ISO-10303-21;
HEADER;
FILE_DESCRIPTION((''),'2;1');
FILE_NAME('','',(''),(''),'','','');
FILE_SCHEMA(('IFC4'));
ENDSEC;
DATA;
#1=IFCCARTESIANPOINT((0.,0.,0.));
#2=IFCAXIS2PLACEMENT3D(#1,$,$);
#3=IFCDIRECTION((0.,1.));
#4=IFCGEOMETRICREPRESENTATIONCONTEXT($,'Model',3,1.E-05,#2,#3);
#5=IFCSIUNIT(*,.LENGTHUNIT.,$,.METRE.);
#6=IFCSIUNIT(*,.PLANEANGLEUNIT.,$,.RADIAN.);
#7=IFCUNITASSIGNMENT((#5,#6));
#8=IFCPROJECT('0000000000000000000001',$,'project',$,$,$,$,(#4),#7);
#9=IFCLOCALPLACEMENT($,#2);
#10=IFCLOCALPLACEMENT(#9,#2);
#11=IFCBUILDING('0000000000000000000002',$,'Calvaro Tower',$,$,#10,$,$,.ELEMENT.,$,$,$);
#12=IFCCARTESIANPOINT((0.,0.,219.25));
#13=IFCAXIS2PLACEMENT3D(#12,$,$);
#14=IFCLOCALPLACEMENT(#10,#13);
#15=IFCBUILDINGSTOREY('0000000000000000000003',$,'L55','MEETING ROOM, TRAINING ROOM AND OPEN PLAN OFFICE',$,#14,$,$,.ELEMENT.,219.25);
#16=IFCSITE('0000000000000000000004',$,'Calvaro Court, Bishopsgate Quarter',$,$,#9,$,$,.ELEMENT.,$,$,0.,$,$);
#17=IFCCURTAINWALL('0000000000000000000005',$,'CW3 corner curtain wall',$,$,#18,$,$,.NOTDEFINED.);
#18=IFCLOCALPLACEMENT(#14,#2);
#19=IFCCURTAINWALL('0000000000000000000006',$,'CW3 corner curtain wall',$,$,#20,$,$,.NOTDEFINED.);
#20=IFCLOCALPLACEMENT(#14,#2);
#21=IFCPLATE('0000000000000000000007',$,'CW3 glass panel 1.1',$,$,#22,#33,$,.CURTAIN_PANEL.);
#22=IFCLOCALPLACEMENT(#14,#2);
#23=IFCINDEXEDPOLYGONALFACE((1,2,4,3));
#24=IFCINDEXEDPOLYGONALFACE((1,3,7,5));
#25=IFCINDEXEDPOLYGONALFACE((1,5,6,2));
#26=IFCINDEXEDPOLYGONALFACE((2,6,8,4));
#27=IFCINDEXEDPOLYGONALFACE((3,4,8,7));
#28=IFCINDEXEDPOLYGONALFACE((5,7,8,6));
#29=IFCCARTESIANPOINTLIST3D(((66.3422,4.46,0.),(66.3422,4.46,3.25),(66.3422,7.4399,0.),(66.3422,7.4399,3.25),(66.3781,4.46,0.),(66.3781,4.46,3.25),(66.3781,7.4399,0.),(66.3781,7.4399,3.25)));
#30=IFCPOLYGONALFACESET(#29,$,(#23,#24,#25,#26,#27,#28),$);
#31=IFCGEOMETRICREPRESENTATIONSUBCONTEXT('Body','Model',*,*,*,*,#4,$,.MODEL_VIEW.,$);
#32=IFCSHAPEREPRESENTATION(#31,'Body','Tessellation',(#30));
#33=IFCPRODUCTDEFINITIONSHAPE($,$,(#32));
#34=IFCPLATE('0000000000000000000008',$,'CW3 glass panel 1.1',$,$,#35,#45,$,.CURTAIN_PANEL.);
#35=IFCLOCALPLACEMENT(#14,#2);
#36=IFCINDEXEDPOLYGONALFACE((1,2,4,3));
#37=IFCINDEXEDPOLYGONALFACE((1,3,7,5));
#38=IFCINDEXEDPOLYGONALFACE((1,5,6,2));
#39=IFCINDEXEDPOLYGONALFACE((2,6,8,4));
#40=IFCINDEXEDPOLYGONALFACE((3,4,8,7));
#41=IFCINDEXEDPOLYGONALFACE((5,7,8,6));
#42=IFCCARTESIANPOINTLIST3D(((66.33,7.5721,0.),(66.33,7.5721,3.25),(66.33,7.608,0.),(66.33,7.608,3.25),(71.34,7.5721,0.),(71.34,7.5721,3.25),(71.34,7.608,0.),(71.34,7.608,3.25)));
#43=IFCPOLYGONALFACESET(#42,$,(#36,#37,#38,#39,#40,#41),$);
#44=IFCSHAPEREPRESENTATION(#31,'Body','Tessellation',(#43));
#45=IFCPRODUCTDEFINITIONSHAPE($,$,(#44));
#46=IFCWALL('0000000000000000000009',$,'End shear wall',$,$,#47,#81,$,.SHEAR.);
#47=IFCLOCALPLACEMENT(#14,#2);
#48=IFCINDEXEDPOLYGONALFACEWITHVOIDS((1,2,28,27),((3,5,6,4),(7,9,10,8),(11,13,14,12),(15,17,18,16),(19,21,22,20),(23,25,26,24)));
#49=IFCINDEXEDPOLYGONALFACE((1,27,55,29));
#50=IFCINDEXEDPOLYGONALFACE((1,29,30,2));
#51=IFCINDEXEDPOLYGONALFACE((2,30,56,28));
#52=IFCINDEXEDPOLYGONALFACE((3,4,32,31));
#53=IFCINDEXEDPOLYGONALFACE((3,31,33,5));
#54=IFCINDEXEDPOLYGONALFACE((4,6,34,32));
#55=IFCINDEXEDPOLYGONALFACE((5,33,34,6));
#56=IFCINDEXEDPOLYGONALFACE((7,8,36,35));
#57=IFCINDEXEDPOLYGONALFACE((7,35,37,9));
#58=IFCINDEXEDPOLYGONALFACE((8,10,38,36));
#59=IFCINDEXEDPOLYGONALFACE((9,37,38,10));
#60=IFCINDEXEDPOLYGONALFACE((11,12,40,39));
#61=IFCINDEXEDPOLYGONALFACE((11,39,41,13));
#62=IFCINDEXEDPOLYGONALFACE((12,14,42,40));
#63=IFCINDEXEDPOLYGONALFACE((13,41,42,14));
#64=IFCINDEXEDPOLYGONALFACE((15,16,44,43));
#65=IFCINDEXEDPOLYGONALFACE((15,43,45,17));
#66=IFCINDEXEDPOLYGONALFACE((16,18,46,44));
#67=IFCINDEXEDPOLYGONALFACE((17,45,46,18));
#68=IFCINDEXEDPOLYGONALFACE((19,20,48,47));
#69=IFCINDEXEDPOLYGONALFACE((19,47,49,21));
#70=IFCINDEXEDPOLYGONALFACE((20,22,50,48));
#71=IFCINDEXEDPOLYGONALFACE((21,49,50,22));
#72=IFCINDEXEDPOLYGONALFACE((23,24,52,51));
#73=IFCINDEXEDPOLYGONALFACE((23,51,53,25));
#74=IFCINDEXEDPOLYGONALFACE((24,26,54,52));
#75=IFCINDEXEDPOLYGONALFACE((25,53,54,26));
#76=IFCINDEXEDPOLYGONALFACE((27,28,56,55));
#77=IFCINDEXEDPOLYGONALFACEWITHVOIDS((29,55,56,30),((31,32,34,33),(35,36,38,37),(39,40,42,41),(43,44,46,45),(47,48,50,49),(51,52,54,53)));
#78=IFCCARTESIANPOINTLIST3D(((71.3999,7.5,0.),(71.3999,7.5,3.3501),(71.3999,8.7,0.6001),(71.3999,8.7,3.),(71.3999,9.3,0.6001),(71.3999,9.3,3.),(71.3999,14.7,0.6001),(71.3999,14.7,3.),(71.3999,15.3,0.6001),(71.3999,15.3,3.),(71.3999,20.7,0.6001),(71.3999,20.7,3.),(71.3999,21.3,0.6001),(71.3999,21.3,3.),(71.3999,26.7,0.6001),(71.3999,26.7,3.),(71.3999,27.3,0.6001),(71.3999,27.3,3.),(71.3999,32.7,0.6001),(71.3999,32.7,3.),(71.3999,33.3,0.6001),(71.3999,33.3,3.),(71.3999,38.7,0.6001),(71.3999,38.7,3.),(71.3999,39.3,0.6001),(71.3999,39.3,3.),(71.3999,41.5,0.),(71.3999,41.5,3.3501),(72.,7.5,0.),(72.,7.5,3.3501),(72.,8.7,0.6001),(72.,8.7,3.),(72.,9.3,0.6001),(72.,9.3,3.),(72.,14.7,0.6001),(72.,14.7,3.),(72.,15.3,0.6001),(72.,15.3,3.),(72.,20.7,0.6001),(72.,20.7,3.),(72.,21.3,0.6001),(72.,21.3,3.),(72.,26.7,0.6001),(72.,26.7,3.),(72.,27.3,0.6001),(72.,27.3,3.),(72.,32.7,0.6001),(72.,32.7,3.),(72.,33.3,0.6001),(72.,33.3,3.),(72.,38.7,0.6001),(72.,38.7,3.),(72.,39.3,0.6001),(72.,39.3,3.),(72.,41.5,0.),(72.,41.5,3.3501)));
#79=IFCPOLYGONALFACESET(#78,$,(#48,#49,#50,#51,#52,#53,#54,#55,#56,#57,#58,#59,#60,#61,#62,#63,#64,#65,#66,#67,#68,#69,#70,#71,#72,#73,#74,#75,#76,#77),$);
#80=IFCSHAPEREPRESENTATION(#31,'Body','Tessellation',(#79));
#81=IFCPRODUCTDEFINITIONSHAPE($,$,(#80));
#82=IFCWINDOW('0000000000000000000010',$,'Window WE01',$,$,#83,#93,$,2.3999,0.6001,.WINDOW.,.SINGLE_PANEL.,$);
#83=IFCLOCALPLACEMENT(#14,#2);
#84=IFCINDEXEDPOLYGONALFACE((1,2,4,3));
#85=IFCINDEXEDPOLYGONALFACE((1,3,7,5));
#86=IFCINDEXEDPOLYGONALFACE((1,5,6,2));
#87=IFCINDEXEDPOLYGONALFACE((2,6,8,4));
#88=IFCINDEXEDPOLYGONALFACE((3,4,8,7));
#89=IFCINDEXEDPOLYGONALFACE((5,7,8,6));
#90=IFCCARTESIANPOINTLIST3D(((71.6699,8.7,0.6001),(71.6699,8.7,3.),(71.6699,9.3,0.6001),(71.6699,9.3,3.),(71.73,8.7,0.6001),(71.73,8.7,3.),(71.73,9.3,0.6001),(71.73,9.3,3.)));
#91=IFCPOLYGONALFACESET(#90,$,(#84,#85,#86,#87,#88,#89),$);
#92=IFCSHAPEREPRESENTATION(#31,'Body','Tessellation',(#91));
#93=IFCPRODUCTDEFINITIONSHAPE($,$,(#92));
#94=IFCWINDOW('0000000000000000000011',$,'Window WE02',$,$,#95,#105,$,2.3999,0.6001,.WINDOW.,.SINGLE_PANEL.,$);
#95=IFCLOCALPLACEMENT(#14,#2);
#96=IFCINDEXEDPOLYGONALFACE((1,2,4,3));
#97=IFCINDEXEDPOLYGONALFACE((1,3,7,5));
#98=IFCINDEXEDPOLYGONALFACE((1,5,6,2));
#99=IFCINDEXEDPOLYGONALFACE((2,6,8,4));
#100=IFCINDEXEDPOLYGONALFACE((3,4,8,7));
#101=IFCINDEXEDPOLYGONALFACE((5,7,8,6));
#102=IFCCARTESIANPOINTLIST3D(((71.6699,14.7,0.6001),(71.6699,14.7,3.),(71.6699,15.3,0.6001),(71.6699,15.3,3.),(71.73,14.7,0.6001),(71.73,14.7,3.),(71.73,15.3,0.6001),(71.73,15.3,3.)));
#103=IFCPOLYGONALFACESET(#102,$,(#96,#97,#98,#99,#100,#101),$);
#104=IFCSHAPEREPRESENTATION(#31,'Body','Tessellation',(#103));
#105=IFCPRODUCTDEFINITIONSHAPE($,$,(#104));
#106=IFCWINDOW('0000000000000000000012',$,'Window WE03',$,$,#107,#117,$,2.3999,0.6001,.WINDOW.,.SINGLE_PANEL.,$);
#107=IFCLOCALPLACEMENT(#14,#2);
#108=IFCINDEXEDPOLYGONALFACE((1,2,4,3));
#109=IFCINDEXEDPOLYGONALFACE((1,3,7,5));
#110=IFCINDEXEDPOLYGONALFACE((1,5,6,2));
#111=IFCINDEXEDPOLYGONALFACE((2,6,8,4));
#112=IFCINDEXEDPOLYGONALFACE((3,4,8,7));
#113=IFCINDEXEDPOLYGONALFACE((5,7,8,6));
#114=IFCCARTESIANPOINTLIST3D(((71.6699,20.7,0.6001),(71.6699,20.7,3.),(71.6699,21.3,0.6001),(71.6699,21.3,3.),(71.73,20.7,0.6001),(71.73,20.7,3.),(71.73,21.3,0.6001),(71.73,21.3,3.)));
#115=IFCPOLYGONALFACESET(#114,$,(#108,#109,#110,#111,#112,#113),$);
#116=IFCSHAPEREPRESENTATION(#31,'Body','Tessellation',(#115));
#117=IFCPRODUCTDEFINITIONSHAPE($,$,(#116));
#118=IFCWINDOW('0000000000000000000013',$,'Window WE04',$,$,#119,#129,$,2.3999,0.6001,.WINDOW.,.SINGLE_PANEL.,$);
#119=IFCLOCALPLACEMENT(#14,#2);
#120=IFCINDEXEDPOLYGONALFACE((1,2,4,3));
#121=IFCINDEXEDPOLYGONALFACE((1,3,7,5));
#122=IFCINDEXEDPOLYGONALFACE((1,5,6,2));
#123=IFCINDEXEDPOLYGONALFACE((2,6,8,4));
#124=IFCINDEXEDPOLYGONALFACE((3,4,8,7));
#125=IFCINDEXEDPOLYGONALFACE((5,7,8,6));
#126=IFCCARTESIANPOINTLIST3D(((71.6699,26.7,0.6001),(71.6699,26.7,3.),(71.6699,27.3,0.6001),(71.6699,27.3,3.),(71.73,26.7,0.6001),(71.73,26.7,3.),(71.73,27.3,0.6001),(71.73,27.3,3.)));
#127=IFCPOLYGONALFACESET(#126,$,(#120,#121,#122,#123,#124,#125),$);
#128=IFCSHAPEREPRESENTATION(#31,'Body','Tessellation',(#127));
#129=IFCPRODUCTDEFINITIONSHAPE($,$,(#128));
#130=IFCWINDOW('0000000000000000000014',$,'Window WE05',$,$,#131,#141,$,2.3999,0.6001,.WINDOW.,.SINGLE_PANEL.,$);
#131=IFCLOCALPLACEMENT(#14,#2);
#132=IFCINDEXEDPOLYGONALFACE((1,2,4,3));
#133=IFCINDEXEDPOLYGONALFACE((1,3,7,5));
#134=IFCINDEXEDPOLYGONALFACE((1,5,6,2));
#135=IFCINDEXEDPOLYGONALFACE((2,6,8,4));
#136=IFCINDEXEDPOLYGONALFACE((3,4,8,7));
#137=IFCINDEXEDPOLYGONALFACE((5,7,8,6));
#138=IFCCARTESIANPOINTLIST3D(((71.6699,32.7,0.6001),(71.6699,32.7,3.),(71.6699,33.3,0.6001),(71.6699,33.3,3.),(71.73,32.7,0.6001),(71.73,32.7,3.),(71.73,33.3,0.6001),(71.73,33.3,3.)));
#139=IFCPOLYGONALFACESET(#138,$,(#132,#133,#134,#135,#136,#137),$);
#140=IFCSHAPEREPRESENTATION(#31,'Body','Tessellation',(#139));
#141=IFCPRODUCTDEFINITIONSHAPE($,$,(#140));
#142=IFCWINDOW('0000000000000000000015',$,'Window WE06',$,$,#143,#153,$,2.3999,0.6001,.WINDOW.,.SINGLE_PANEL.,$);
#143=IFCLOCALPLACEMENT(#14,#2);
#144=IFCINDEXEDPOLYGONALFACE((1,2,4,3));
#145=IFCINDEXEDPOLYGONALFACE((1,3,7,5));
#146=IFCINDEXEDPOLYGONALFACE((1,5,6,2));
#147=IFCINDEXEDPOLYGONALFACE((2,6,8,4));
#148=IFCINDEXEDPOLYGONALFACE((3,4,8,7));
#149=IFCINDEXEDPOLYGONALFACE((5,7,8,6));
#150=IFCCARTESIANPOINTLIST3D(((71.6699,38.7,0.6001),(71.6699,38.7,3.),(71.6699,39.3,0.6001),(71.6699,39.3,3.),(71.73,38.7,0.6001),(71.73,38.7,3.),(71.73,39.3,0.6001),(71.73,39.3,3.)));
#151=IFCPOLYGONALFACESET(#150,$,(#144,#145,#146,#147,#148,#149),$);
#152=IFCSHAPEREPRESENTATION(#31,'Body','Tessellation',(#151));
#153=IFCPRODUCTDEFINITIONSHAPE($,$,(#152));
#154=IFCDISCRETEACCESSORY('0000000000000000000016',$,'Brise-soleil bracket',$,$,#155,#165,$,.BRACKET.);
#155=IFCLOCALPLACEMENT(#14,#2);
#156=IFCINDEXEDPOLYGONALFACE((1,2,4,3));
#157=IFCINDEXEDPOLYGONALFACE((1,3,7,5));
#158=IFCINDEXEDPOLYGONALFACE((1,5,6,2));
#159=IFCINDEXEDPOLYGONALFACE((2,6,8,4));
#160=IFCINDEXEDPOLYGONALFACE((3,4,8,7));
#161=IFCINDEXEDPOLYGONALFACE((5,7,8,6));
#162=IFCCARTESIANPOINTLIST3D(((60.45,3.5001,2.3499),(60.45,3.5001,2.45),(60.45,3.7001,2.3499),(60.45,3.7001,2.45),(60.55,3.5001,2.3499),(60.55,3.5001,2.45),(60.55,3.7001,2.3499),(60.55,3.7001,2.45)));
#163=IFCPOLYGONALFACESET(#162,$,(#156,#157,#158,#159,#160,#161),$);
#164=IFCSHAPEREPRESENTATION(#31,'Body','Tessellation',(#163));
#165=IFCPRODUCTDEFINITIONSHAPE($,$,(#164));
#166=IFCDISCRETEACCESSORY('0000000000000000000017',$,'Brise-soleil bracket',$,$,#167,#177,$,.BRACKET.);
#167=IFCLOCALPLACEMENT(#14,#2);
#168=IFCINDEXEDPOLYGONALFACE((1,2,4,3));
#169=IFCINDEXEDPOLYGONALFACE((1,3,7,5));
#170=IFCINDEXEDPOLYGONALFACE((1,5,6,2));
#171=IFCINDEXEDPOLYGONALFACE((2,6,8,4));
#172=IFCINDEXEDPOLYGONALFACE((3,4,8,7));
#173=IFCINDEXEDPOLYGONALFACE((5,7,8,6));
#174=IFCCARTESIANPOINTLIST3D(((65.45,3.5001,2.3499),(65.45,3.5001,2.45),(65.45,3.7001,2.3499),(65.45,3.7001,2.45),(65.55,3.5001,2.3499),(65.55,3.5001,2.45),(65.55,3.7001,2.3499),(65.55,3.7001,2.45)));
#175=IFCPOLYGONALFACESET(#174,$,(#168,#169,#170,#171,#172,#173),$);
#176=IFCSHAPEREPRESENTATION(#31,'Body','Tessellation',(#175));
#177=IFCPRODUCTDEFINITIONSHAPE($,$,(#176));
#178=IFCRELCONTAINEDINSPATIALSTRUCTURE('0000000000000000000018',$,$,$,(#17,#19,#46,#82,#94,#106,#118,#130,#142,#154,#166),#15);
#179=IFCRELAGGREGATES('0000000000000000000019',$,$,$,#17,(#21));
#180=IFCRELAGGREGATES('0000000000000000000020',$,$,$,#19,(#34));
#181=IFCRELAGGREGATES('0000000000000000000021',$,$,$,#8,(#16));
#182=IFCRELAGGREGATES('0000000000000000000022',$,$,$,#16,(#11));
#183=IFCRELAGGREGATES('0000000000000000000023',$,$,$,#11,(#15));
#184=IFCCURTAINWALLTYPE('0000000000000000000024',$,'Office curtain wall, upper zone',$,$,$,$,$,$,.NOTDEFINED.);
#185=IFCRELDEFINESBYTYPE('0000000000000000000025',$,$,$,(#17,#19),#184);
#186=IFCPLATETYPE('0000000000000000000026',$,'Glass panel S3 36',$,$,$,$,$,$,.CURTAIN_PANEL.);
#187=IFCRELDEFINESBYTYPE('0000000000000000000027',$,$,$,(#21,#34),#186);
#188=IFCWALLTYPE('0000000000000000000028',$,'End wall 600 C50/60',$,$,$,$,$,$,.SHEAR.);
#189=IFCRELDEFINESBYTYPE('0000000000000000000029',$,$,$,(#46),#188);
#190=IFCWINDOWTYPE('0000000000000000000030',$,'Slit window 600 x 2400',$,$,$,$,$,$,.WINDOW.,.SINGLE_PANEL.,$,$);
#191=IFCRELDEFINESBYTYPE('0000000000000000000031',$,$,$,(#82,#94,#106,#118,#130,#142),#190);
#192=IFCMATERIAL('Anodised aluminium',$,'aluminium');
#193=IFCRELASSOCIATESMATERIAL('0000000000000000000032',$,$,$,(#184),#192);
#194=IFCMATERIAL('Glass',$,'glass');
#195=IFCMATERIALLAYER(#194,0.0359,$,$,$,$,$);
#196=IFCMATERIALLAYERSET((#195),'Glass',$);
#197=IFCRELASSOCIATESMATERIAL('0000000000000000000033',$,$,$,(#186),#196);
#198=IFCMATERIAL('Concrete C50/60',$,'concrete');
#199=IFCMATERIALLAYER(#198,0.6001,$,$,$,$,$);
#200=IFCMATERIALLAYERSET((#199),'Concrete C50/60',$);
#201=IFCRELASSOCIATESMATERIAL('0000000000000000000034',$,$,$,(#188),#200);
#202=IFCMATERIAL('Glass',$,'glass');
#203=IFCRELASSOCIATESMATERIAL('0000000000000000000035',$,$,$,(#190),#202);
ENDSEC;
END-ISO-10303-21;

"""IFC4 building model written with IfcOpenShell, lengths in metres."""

from ifc_helpers import new_model, si_unit, direction, frame, frame_2d, origin, origin_2d, place, context, subcontext, project, spatial, rectangle, extrude, material, layer, layer_set, type_object, element, fill, aggregate, save


model = new_model("IFC4")

# Units and contexts
model_context = context("Model", 3, precision=1e-05, world=origin(), true_north=direction((0.0, 1.0)))
body_context = subcontext(model_context, "Body", "Model", "MODEL_VIEW")
ifc_project = project(units=[si_unit("LENGTHUNIT", "METRE"), si_unit("PLANEANGLEUNIT", "RADIAN")], contexts=[model_context])

# Site, building, storey
site_placement = place(None, origin())
site = spatial("IfcSite", under=ifc_project, at=site_placement, Name="Calvaro Court, Bishopsgate Quarter", CompositionType="ELEMENT", RefElevation=0.0)
building_placement = place(site_placement, origin())
building = spatial("IfcBuilding", under=site, at=building_placement, Name="Calvaro Tower", CompositionType="ELEMENT")
storey_placement = place(building_placement, frame((0.0, 0.0, 219.25)))
storey = spatial("IfcBuildingStorey", under=building, at=storey_placement, Name="L55", Description="MEETING ROOM, TRAINING ROOM AND OPEN PLAN OFFICE", CompositionType="ELEMENT", Elevation=219.25)

# Curtain walls
ifc_material_1 = material(Name="Anodised aluminium", Category="aluminium")
curtain_wall_type = type_object("IfcCurtainWallType", Name="Office curtain wall, upper zone", PredefinedType="NOTDEFINED", material=ifc_material_1)
curtain_wall_1_placement = place(storey_placement, origin())
curtain_wall_1 = element("IfcCurtainWall", 1, at=curtain_wall_1_placement, inside=storey, type_object=curtain_wall_type, Name="CW3 corner curtain wall", PredefinedType="NOTDEFINED")
curtain_wall_2_placement = place(storey_placement, origin())
curtain_wall_2 = element("IfcCurtainWall", 2, at=curtain_wall_2_placement, inside=storey, type_object=curtain_wall_type, Name="CW3 corner curtain wall", PredefinedType="NOTDEFINED")

# Plates
ifc_material_2 = material(Name="Glass", Category="glass")
ifc_layer_1 = layer(ifc_material_2, 0.0359)
ifc_layer_set_1 = layer_set([ifc_layer_1], Name="Glass")
plate_type = type_object("IfcPlateType", Name="Glass panel S3 36", PredefinedType="CURTAIN_PANEL", material=ifc_layer_set_1)
plate_1_placement = place(storey_placement, frame((66.3601, 5.95, 0.0), z_axis=(0.0, 0.0, 1.0), x_axis=(0.0, 1.0, 0.0)))
plate_1 = element("IfcPlate", 3, at=plate_1_placement, type_object=plate_type, Name="CW3 glass panel 1.1", PredefinedType="CURTAIN_PANEL", context=body_context, shape_type="SweptSolid", body=[
    extrude(rectangle(XDim=2.98, YDim=0.0359, at=origin_2d()), origin(), (0.0, 0.0, 1.0), 3.25),
])
aggregate(curtain_wall_1, [plate_1])
plate_2_placement = place(storey_placement, frame((68.835, 7.5901, 0.0), z_axis=(0.0, 0.0, 1.0), x_axis=(1.0, 0.0, 0.0)))
plate_2 = element("IfcPlate", 4, at=plate_2_placement, type_object=plate_type, Name="CW3 glass panel 1.1", PredefinedType="CURTAIN_PANEL", context=body_context, shape_type="SweptSolid", body=[
    extrude(rectangle(XDim=5.01, YDim=0.0359, at=origin_2d()), origin(), (0.0, 0.0, 1.0), 3.25),
])
aggregate(curtain_wall_2, [plate_2])

# Wall, openings, windows
ifc_material_3 = material(Name="Concrete C50/60", Category="concrete")
ifc_layer_2 = layer(ifc_material_3, 0.6001)
ifc_layer_set_2 = layer_set([ifc_layer_2], Name="Concrete C50/60")
wall_type = type_object("IfcWallType", Name="End wall 600 C50/60", PredefinedType="SHEAR", material=ifc_layer_set_2)
wall_placement = place(storey_placement, frame((71.7, 7.5, 0.0), z_axis=(0.0, 0.0, 1.0), x_axis=(0.0, 1.0, 0.0)))
wall = element("IfcWall", 5, at=wall_placement, inside=storey, type_object=wall_type, Name="End shear wall", PredefinedType="SHEAR", context=body_context, shape_type="SweptSolid", body=[
    extrude(rectangle(XDim=34.0, YDim=0.6001, at=frame_2d((17.0, 0.0))), origin(), (0.0, 0.0, 1.0), 3.3501),
])
opening_1_placement = place(wall_placement, frame((1.2, 0.0, 0.6001)))
opening_1 = element("IfcOpeningElement", 6, at=opening_1_placement, cuts=wall, PredefinedType="OPENING", context=body_context, shape_type="SweptSolid", body=[
    extrude(rectangle(XDim=0.6001, YDim=2.3999, at=frame_2d((0.3, 1.2))), frame((0.0, 0.3101, 0.0), z_axis=(0.0, -1.0, 0.0), x_axis=(1.0, 0.0, 0.0)), (0.0, 0.0, 1.0), 0.6201),
])
opening_2_placement = place(wall_placement, frame((7.2, 0.0, 0.6001)))
opening_2 = element("IfcOpeningElement", 7, at=opening_2_placement, cuts=wall, PredefinedType="OPENING", context=body_context, shape_type="SweptSolid", body=[
    extrude(rectangle(XDim=0.6001, YDim=2.3999, at=frame_2d((0.3, 1.2))), frame((0.0, 0.3101, 0.0), z_axis=(0.0, -1.0, 0.0), x_axis=(1.0, 0.0, 0.0)), (0.0, 0.0, 1.0), 0.6201),
])
opening_3_placement = place(wall_placement, frame((13.2, 0.0, 0.6001)))
opening_3 = element("IfcOpeningElement", 8, at=opening_3_placement, cuts=wall, PredefinedType="OPENING", context=body_context, shape_type="SweptSolid", body=[
    extrude(rectangle(XDim=0.6001, YDim=2.3999, at=frame_2d((0.3, 1.2))), frame((0.0, 0.3101, 0.0), z_axis=(0.0, -1.0, 0.0), x_axis=(1.0, 0.0, 0.0)), (0.0, 0.0, 1.0), 0.6201),
])
opening_4_placement = place(wall_placement, frame((19.2, 0.0, 0.6001)))
opening_4 = element("IfcOpeningElement", 9, at=opening_4_placement, cuts=wall, PredefinedType="OPENING", context=body_context, shape_type="SweptSolid", body=[
    extrude(rectangle(XDim=0.6001, YDim=2.3999, at=frame_2d((0.3, 1.2))), frame((0.0, 0.3101, 0.0), z_axis=(0.0, -1.0, 0.0), x_axis=(1.0, 0.0, 0.0)), (0.0, 0.0, 1.0), 0.6201),
])
opening_5_placement = place(wall_placement, frame((25.2, 0.0, 0.6001)))
opening_5 = element("IfcOpeningElement", 10, at=opening_5_placement, cuts=wall, PredefinedType="OPENING", context=body_context, shape_type="SweptSolid", body=[
    extrude(rectangle(XDim=0.6001, YDim=2.3999, at=frame_2d((0.3, 1.2))), frame((0.0, 0.3101, 0.0), z_axis=(0.0, -1.0, 0.0), x_axis=(1.0, 0.0, 0.0)), (0.0, 0.0, 1.0), 0.6201),
])
opening_6_placement = place(wall_placement, frame((31.2, 0.0, 0.6001)))
opening_6 = element("IfcOpeningElement", 11, at=opening_6_placement, cuts=wall, PredefinedType="OPENING", context=body_context, shape_type="SweptSolid", body=[
    extrude(rectangle(XDim=0.6001, YDim=2.3999, at=frame_2d((0.3, 1.2))), frame((0.0, 0.3101, 0.0), z_axis=(0.0, -1.0, 0.0), x_axis=(1.0, 0.0, 0.0)), (0.0, 0.0, 1.0), 0.6201),
])
ifc_material_4 = material(Name="Glass", Category="glass")
window_type = type_object("IfcWindowType", Name="Slit window 600 x 2400", PartitioningType="SINGLE_PANEL", PredefinedType="WINDOW", material=ifc_material_4)
window_1_placement = place(opening_1_placement, origin())
window_1 = element("IfcWindow", 12, at=window_1_placement, inside=storey, type_object=window_type, Name="Window WE01", OverallHeight=2.3999, OverallWidth=0.6001, PartitioningType="SINGLE_PANEL", PredefinedType="WINDOW", context=body_context, shape_type="SweptSolid", body=[
    extrude(rectangle(XDim=0.6001, YDim=2.3999, at=frame_2d((0.3, 1.2))), frame((0.0, 0.03, 0.0), z_axis=(0.0, -1.0, 0.0), x_axis=(1.0, 0.0, 0.0)), (0.0, 0.0, 1.0), 0.0601),
])
fill(opening_1, window_1)
window_2_placement = place(opening_2_placement, origin())
window_2 = element("IfcWindow", 13, at=window_2_placement, inside=storey, type_object=window_type, Name="Window WE02", OverallHeight=2.3999, OverallWidth=0.6001, PartitioningType="SINGLE_PANEL", PredefinedType="WINDOW", context=body_context, shape_type="SweptSolid", body=[
    extrude(rectangle(XDim=0.6001, YDim=2.3999, at=frame_2d((0.3, 1.2))), frame((0.0, 0.03, 0.0), z_axis=(0.0, -1.0, 0.0), x_axis=(1.0, 0.0, 0.0)), (0.0, 0.0, 1.0), 0.0601),
])
fill(opening_2, window_2)
window_3_placement = place(opening_3_placement, origin())
window_3 = element("IfcWindow", 14, at=window_3_placement, inside=storey, type_object=window_type, Name="Window WE03", OverallHeight=2.3999, OverallWidth=0.6001, PartitioningType="SINGLE_PANEL", PredefinedType="WINDOW", context=body_context, shape_type="SweptSolid", body=[
    extrude(rectangle(XDim=0.6001, YDim=2.3999, at=frame_2d((0.3, 1.2))), frame((0.0, 0.03, 0.0), z_axis=(0.0, -1.0, 0.0), x_axis=(1.0, 0.0, 0.0)), (0.0, 0.0, 1.0), 0.0601),
])
fill(opening_3, window_3)
window_4_placement = place(opening_4_placement, origin())
window_4 = element("IfcWindow", 15, at=window_4_placement, inside=storey, type_object=window_type, Name="Window WE04", OverallHeight=2.3999, OverallWidth=0.6001, PartitioningType="SINGLE_PANEL", PredefinedType="WINDOW", context=body_context, shape_type="SweptSolid", body=[
    extrude(rectangle(XDim=0.6001, YDim=2.3999, at=frame_2d((0.3, 1.2))), frame((0.0, 0.03, 0.0), z_axis=(0.0, -1.0, 0.0), x_axis=(1.0, 0.0, 0.0)), (0.0, 0.0, 1.0), 0.0601),
])
fill(opening_4, window_4)
window_5_placement = place(opening_5_placement, origin())
window_5 = element("IfcWindow", 16, at=window_5_placement, inside=storey, type_object=window_type, Name="Window WE05", OverallHeight=2.3999, OverallWidth=0.6001, PartitioningType="SINGLE_PANEL", PredefinedType="WINDOW", context=body_context, shape_type="SweptSolid", body=[
    extrude(rectangle(XDim=0.6001, YDim=2.3999, at=frame_2d((0.3, 1.2))), frame((0.0, 0.03, 0.0), z_axis=(0.0, -1.0, 0.0), x_axis=(1.0, 0.0, 0.0)), (0.0, 0.0, 1.0), 0.0601),
])
fill(opening_5, window_5)
window_6_placement = place(opening_6_placement, origin())
window_6 = element("IfcWindow", 17, at=window_6_placement, inside=storey, type_object=window_type, Name="Window WE06", OverallHeight=2.3999, OverallWidth=0.6001, PartitioningType="SINGLE_PANEL", PredefinedType="WINDOW", context=body_context, shape_type="SweptSolid", body=[
    extrude(rectangle(XDim=0.6001, YDim=2.3999, at=frame_2d((0.3, 1.2))), frame((0.0, 0.03, 0.0), z_axis=(0.0, -1.0, 0.0), x_axis=(1.0, 0.0, 0.0)), (0.0, 0.0, 1.0), 0.0601),
])
fill(opening_6, window_6)

# Discrete accessories
for number, where, z_axis, x_axis, name in (
    (18, (60.5, 3.6001, 2.3499), (0.0, 0.0, 1.0), (1.0, 0.0, 0.0), "Brise-soleil bracket"),
    (19, (65.5, 3.6001, 2.3499), (0.0, 0.0, 1.0), (1.0, 0.0, 0.0), "Brise-soleil bracket"),
):
    element("IfcDiscreteAccessory", number, at=place(storey_placement, frame(where, z_axis=z_axis, x_axis=x_axis)), inside=storey, Name=name, PredefinedType="BRACKET", context=body_context, shape_type="SweptSolid", body=[
        extrude(rectangle(XDim=0.1001, YDim=0.2, at=origin_2d()), origin(), (0.0, 0.0, 1.0), 0.1001),
    ])

save(model, "model.ifc")
